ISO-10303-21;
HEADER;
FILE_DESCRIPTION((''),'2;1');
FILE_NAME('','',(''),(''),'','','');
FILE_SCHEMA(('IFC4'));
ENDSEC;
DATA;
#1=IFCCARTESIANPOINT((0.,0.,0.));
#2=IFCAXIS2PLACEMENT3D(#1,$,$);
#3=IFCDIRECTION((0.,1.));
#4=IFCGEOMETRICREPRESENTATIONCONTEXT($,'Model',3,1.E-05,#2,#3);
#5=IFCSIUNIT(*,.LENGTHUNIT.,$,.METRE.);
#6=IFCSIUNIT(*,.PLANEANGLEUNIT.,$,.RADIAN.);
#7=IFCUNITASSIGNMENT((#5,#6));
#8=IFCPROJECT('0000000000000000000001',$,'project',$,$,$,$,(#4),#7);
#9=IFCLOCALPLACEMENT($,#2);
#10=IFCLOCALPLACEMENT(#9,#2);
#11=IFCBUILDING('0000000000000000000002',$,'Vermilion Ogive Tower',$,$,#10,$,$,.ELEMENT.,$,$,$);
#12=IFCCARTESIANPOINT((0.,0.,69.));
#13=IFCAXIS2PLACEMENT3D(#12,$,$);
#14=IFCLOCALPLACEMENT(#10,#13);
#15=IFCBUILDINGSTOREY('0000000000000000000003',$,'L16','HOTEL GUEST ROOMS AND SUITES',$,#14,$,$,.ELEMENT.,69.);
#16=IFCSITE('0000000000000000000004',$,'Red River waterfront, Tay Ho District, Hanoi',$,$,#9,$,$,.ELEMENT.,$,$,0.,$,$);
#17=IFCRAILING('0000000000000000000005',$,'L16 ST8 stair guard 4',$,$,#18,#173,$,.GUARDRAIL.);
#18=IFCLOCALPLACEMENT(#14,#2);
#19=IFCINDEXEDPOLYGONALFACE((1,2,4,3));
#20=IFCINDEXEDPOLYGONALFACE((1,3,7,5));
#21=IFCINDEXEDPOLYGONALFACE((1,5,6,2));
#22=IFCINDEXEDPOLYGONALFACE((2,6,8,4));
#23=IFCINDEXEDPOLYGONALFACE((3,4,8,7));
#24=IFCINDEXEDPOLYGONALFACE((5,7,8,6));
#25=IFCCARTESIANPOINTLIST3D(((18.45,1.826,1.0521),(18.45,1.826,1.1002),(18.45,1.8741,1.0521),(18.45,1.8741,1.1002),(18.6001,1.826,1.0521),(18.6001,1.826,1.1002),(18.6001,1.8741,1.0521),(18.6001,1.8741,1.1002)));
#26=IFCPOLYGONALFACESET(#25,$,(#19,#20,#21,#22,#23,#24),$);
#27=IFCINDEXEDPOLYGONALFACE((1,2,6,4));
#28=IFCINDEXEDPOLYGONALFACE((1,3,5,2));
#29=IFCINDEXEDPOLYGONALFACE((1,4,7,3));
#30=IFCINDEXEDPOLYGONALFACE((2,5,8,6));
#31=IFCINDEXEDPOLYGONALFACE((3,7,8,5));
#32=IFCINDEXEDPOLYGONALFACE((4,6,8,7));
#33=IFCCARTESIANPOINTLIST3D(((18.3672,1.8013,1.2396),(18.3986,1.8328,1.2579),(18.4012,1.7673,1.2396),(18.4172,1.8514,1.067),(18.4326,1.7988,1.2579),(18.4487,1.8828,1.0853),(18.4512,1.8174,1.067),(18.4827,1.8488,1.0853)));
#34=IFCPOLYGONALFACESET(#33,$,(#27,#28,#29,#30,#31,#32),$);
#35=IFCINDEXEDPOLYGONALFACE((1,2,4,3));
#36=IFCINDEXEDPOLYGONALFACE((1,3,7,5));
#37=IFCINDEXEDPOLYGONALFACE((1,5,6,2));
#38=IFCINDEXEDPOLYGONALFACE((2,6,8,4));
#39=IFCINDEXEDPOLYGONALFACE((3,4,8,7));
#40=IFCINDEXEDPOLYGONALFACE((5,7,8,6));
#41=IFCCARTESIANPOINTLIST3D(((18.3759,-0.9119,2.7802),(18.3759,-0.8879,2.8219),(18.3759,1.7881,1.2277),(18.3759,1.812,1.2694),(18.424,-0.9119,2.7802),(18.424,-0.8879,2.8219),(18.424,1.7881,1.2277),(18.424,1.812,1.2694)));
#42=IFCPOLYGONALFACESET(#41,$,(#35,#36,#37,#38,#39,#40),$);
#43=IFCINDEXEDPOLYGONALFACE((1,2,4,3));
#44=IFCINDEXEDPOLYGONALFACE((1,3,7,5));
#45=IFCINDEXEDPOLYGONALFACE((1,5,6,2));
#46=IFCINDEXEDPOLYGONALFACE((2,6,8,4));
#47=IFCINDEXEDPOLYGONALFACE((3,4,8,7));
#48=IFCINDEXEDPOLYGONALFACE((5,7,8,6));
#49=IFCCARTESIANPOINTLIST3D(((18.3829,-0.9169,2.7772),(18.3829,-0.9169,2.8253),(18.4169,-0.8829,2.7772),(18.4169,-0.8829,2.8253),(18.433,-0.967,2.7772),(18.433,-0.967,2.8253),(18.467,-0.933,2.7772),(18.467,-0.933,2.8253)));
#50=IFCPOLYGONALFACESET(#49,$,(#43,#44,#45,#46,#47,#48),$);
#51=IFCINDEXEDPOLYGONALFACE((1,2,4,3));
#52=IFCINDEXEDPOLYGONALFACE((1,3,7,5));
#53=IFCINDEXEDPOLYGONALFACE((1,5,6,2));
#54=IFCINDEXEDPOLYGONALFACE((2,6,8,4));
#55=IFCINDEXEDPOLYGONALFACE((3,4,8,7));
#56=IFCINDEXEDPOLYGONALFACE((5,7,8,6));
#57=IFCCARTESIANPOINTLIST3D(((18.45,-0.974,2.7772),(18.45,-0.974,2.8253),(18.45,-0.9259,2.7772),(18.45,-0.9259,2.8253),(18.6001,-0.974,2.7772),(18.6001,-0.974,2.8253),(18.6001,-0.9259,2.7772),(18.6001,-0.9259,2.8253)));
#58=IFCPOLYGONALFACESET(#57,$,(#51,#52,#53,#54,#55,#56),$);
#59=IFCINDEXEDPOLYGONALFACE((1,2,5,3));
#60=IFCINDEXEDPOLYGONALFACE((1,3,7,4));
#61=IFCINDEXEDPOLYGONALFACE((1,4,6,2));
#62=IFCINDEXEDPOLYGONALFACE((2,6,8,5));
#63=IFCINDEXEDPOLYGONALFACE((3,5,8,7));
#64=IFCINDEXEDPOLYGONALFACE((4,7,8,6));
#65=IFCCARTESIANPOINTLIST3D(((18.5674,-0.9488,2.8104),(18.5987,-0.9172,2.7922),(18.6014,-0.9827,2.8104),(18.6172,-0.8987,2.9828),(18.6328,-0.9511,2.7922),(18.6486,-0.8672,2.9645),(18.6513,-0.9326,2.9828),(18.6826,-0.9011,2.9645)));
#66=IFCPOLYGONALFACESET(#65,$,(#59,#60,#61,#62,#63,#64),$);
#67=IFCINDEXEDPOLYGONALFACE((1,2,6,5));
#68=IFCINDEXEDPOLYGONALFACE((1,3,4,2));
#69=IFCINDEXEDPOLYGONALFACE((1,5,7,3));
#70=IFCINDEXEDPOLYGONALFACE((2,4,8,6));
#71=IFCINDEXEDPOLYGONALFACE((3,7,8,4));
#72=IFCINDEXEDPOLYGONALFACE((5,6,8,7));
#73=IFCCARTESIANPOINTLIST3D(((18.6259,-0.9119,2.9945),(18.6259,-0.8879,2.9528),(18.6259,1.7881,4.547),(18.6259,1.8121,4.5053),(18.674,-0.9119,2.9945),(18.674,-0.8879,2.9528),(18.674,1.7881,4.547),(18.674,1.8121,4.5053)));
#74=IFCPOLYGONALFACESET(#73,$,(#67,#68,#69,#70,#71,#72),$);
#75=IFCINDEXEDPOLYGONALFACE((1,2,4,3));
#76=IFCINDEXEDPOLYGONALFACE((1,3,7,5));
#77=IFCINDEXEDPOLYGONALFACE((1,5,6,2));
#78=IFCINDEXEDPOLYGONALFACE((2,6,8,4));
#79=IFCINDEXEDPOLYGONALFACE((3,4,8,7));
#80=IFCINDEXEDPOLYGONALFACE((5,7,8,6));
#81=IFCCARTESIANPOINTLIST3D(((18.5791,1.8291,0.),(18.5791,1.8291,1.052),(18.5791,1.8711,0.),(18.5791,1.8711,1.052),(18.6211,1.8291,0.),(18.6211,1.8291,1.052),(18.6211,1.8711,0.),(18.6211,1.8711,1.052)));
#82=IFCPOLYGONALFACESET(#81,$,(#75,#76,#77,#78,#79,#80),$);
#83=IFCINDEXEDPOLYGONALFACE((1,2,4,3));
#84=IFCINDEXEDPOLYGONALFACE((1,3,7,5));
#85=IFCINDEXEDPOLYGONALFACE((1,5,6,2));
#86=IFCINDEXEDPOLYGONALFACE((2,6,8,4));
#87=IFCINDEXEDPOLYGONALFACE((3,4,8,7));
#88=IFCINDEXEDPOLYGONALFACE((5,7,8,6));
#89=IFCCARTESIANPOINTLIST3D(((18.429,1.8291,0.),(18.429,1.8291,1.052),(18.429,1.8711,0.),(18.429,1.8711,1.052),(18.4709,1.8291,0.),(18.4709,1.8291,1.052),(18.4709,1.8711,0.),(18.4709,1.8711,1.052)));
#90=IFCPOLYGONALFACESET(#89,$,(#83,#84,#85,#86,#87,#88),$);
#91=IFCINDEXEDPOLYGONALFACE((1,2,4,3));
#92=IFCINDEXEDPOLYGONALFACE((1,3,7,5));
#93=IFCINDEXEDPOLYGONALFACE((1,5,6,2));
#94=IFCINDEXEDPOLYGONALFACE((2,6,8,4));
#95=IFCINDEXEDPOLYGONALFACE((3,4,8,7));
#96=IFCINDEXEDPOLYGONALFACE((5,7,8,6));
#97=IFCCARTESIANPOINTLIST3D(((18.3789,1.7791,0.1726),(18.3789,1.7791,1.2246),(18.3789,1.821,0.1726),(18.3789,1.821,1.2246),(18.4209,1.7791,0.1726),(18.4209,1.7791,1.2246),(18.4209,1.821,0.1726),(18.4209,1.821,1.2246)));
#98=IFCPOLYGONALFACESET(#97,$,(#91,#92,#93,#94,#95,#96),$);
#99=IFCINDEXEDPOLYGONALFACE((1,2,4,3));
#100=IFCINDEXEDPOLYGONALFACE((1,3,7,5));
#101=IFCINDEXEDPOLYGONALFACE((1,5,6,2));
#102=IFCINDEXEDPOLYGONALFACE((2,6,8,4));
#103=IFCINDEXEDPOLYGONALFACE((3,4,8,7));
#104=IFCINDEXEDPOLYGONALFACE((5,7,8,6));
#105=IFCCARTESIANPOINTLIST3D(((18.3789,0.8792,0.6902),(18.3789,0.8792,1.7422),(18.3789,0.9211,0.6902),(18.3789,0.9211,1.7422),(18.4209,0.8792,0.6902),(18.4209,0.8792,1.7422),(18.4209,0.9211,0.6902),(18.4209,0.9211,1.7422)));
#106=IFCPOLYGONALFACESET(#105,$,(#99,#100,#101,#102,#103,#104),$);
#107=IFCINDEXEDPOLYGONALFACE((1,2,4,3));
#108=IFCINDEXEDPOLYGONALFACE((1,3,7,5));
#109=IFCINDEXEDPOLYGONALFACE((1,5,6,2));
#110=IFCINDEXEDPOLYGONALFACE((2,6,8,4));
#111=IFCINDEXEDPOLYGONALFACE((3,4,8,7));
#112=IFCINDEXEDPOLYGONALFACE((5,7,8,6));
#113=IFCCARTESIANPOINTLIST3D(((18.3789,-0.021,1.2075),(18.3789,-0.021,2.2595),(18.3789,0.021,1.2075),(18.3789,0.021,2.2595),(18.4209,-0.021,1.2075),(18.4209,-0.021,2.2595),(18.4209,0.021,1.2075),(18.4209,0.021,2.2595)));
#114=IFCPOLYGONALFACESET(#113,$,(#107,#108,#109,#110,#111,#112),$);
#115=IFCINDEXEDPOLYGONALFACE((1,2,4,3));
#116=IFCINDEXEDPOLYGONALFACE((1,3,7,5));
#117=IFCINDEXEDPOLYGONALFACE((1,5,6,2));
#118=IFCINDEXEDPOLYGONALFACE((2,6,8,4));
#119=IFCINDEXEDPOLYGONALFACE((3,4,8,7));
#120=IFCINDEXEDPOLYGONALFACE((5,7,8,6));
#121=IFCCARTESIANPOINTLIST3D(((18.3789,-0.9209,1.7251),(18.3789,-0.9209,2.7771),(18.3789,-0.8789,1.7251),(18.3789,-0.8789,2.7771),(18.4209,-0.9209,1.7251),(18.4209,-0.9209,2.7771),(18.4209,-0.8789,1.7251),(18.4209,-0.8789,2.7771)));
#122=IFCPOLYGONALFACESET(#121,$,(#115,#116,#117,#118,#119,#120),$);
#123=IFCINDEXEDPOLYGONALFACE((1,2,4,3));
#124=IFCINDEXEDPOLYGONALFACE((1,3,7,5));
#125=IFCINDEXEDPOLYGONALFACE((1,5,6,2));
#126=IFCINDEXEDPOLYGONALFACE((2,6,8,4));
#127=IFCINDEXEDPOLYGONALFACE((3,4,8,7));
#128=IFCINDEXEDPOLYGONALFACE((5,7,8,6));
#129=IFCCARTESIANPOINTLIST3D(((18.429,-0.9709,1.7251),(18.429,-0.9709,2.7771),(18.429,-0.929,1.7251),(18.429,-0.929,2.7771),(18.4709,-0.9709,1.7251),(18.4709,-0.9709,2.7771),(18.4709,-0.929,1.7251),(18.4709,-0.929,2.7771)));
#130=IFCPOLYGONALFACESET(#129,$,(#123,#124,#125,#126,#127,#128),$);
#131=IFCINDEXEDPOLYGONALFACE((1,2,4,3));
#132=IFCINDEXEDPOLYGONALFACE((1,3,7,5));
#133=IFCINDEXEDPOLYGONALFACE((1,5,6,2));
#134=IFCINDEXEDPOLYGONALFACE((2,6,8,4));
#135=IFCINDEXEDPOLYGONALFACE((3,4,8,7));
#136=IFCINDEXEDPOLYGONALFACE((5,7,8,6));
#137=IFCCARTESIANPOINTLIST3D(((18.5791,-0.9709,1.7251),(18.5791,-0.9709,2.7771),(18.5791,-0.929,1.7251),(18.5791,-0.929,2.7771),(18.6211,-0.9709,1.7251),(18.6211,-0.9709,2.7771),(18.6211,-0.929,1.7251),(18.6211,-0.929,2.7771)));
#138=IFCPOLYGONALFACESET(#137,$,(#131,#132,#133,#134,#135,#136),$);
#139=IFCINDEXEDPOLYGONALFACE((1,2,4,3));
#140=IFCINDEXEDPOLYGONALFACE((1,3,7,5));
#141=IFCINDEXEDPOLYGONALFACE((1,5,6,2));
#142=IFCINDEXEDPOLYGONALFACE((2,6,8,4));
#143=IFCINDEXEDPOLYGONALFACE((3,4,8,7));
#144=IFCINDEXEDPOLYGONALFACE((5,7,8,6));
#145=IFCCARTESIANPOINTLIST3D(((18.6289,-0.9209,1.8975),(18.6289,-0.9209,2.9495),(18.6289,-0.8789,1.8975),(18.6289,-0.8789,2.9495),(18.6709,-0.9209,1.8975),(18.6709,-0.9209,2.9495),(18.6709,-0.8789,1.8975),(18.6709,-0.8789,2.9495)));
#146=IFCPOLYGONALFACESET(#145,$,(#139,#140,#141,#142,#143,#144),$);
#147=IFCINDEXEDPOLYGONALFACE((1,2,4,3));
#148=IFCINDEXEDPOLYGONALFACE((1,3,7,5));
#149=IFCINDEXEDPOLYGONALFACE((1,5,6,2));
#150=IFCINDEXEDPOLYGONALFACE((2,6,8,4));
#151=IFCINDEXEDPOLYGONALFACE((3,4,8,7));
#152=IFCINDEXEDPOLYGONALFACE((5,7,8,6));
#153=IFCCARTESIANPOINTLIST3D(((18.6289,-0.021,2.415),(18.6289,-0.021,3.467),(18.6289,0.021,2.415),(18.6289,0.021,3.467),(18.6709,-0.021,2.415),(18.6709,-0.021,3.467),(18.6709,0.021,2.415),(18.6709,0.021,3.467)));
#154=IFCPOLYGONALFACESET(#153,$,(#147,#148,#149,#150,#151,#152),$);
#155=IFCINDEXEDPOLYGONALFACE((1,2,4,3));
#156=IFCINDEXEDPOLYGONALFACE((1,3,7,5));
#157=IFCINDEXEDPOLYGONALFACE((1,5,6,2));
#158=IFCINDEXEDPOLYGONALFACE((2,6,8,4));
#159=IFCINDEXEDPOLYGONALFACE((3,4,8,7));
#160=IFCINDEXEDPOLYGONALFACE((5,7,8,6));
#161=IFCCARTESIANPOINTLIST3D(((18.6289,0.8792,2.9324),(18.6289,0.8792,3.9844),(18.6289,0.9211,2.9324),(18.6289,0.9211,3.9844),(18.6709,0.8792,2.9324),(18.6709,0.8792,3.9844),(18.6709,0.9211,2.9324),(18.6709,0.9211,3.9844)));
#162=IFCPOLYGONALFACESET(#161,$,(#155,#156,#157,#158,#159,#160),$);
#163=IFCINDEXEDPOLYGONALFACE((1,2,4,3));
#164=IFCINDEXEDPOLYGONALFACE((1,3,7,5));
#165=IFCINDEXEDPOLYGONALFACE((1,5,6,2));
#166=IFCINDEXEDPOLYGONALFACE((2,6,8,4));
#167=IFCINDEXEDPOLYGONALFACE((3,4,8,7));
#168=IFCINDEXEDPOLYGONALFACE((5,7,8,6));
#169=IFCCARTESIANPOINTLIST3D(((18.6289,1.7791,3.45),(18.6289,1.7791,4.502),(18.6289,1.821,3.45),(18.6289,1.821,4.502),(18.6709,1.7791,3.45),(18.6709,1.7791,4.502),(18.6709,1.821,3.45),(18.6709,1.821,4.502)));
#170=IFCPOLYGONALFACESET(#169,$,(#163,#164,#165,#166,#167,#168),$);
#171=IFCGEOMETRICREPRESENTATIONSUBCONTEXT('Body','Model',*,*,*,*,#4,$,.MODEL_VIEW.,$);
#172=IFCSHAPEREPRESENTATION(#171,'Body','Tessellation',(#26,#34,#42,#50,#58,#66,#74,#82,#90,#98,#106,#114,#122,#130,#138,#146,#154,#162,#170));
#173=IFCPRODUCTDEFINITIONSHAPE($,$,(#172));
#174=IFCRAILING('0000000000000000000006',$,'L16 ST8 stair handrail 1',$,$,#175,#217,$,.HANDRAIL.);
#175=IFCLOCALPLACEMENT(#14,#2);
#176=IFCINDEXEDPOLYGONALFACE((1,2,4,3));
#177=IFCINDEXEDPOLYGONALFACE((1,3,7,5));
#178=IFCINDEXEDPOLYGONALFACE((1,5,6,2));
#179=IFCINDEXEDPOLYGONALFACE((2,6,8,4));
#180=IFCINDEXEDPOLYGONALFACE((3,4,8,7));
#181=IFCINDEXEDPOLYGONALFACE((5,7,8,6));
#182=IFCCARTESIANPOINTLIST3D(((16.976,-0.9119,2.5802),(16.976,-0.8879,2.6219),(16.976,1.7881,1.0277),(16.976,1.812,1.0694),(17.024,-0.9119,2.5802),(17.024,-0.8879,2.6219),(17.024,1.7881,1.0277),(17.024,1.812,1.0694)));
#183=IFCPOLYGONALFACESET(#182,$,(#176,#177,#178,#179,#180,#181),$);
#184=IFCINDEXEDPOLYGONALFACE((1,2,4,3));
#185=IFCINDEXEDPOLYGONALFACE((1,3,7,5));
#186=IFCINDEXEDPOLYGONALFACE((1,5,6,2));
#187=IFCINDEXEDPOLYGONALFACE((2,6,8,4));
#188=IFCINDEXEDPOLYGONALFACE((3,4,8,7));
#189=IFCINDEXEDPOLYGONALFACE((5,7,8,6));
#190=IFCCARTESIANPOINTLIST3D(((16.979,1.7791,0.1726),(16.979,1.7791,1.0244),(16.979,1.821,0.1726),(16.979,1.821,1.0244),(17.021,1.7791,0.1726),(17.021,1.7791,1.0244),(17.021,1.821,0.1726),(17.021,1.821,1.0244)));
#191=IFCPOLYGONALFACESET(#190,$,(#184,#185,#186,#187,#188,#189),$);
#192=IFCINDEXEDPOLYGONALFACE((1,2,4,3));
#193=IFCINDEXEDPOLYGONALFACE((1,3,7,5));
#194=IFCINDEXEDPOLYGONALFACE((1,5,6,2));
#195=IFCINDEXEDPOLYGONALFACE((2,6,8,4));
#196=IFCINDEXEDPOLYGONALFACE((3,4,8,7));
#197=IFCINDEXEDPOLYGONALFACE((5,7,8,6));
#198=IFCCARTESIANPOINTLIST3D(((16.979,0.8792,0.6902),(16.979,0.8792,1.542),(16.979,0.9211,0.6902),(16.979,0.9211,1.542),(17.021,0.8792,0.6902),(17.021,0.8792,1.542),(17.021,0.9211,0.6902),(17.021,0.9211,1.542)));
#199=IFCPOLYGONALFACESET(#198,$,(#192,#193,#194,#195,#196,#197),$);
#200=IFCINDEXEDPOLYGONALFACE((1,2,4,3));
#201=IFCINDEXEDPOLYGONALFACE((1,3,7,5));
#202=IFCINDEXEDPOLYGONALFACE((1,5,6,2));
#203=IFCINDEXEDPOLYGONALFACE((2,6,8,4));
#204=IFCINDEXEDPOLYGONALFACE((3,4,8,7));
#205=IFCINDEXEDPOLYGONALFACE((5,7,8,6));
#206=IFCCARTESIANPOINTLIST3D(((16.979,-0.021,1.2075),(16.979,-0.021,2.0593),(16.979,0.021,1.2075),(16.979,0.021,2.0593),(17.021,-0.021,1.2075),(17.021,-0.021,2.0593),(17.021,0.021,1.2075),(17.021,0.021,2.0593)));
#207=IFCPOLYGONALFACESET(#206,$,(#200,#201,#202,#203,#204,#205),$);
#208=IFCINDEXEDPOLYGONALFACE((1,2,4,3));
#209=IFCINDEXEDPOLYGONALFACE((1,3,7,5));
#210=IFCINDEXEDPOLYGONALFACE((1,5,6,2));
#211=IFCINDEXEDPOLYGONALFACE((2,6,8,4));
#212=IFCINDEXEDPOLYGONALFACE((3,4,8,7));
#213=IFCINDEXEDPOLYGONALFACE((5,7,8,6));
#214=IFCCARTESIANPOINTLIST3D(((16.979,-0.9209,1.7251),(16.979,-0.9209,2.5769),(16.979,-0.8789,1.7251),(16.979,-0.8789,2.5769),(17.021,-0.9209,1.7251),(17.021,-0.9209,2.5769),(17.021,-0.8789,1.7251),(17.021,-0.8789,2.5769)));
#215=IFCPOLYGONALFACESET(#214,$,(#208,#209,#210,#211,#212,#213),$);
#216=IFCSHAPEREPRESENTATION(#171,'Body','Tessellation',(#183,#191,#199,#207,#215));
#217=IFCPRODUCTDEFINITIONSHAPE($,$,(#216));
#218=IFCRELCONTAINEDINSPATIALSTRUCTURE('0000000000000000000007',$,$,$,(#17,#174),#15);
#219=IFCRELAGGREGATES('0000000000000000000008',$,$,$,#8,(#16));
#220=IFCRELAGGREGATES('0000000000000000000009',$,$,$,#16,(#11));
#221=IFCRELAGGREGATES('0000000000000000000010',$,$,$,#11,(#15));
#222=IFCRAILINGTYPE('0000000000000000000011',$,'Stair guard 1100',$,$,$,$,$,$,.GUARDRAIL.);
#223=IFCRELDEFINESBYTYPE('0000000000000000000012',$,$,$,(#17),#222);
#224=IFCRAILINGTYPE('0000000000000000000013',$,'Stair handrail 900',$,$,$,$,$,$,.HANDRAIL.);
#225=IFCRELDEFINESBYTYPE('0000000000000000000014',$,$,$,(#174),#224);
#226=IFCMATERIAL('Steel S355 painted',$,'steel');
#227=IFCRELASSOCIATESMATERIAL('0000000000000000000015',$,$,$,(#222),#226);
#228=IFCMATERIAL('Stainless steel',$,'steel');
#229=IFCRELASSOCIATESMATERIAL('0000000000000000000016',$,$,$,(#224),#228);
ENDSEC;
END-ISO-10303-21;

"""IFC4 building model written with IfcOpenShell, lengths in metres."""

from ifc_helpers import new_model, si_unit, direction, frame, origin, origin_2d, place, context, subcontext, project, spatial, rectangle, extrude, material, type_object, element, save


model = new_model("IFC4")

# Units and contexts
model_context = context("Model", 3, precision=1e-05, world=origin(), true_north=direction((0.0, 1.0)))
body_context = subcontext(model_context, "Body", "Model", "MODEL_VIEW")
ifc_project = project(units=[si_unit("LENGTHUNIT", "METRE"), si_unit("PLANEANGLEUNIT", "RADIAN")], contexts=[model_context])

# Site, building, storey
site_placement = place(None, origin())
site = spatial("IfcSite", under=ifc_project, at=site_placement, Name="Red River waterfront, Tay Ho District, Hanoi", CompositionType="ELEMENT", RefElevation=0.0)
building_placement = place(site_placement, origin())
building = spatial("IfcBuilding", under=site, at=building_placement, Name="Vermilion Ogive Tower", CompositionType="ELEMENT")
storey_placement = place(building_placement, frame((0.0, 0.0, 69.0)))
storey = spatial("IfcBuildingStorey", under=building, at=storey_placement, Name="L16", Description="HOTEL GUEST ROOMS AND SUITES", CompositionType="ELEMENT", Elevation=69.0)

# Railings
ifc_material_1 = material(Name="Steel S355 painted", Category="steel")
railing_type_1 = type_object("IfcRailingType", Name="Stair guard 1100", PredefinedType="GUARDRAIL", material=ifc_material_1)
railing_1_placement = place(storey_placement, frame((18.6001, 1.8501, 0.0)))
element("IfcRailing", 1, at=railing_1_placement, inside=storey, type_object=railing_type_1, Name="L16 ST8 stair guard 4", PredefinedType="GUARDRAIL", context=body_context, shape_type="SweptSolid", body=[
    extrude(rectangle(XDim=0.0481, YDim=0.0481, at=origin_2d()), frame((0.0, 0.0, 1.0762), z_axis=(-1.0, 0.0, 0.0), x_axis=(0.0, -1.0, 0.0)), (0.0, 0.0, 1.0), 0.1501),
    extrude(rectangle(XDim=0.0481, YDim=0.0481, at=origin_2d()), frame((-0.1501, 0.0, 1.0762), z_axis=(-0.268278, -0.268278, 0.925232), x_axis=(0.707107, -0.707107, 0.0)), (0.0, 0.0, 1.0), 0.1865),
    extrude(rectangle(XDim=0.0481, YDim=0.0481, at=origin_2d()), frame((-0.2002, -0.05, 1.2485), z_axis=(0.0, -0.866904, 0.498476), x_axis=(1.0, 0.0, 0.0)), (0.0, 0.0, 1.0), 3.1145),
    extrude(rectangle(XDim=0.0481, YDim=0.0481, at=origin_2d()), frame((-0.2002, -2.75, 2.8013), z_axis=(0.707107, -0.707107, 0.0), x_axis=(0.707107, 0.707107, 0.0)), (0.0, 0.0, 1.0), 0.0708),
    extrude(rectangle(XDim=0.0481, YDim=0.0481, at=origin_2d()), frame((-0.1501, -2.8, 2.8013), z_axis=(1.0, 0.0, 0.0), x_axis=(0.0, 1.0, 0.0)), (0.0, 0.0, 1.0), 0.1501),
    extrude(rectangle(XDim=0.0481, YDim=0.0481, at=origin_2d()), frame((0.0, -2.8, 2.8013), z_axis=(0.267387, 0.268698, 0.925368), x_axis=(-0.708834, 0.705376, 0.0)), (0.0, 0.0, 1.0), 0.1863),
    extrude(rectangle(XDim=0.0481, YDim=0.0481, at=origin_2d()), frame((0.0498, -2.75, 2.9736), z_axis=(0.0, 0.866904, 0.498476), x_axis=(-1.0, 0.0, 0.0)), (0.0, 0.0, 1.0), 3.1145),
    extrude(rectangle(XDim=0.042, YDim=0.042, at=origin_2d()), origin(), (0.0, 0.0, 1.0), 1.052),
    extrude(rectangle(XDim=0.042, YDim=0.042, at=origin_2d()), frame((-0.1501, 0.0, 0.0)), (0.0, 0.0, 1.0), 1.052),
    extrude(rectangle(XDim=0.042, YDim=0.042, at=origin_2d()), frame((-0.2002, -0.05, 0.1726)), (0.0, 0.0, 1.0), 1.052),
    extrude(rectangle(XDim=0.042, YDim=0.042, at=origin_2d()), frame((-0.2002, -0.95, 0.6902)), (0.0, 0.0, 1.0), 1.052),
    extrude(rectangle(XDim=0.042, YDim=0.042, at=origin_2d()), frame((-0.2002, -1.8501, 1.2075)), (0.0, 0.0, 1.0), 1.052),
    extrude(rectangle(XDim=0.042, YDim=0.042, at=origin_2d()), frame((-0.2002, -2.75, 1.7251)), (0.0, 0.0, 1.0), 1.052),
    extrude(rectangle(XDim=0.042, YDim=0.042, at=origin_2d()), frame((-0.1501, -2.8, 1.7251)), (0.0, 0.0, 1.0), 1.052),
    extrude(rectangle(XDim=0.042, YDim=0.042, at=origin_2d()), frame((0.0, -2.8, 1.7251)), (0.0, 0.0, 1.0), 1.052),
    extrude(rectangle(XDim=0.042, YDim=0.042, at=origin_2d()), frame((0.0498, -2.75, 1.8975)), (0.0, 0.0, 1.0), 1.052),
    extrude(rectangle(XDim=0.042, YDim=0.042, at=origin_2d()), frame((0.0498, -1.8501, 2.415)), (0.0, 0.0, 1.0), 1.052),
    extrude(rectangle(XDim=0.042, YDim=0.042, at=origin_2d()), frame((0.0498, -0.95, 2.9324)), (0.0, 0.0, 1.0), 1.052),
    extrude(rectangle(XDim=0.042, YDim=0.042, at=origin_2d()), frame((0.0498, -0.05, 3.45)), (0.0, 0.0, 1.0), 1.052),
])
ifc_material_2 = material(Name="Stainless steel", Category="steel")
railing_type_2 = type_object("IfcRailingType", Name="Stair handrail 900", PredefinedType="HANDRAIL", material=ifc_material_2)
railing_2_placement = place(storey_placement, frame((17.0, 1.8, 0.1726)))
element("IfcRailing", 2, at=railing_2_placement, inside=storey, type_object=railing_type_2, Name="L16 ST8 stair handrail 1", PredefinedType="HANDRAIL", context=body_context, shape_type="SweptSolid", body=[
    extrude(rectangle(XDim=0.0481, YDim=0.0481, at=origin_2d()), frame((0.0, 0.0, 0.876), z_axis=(0.0, -0.866904, 0.498476), x_axis=(1.0, 0.0, 0.0)), (0.0, 0.0, 1.0), 3.1145),
    extrude(rectangle(XDim=0.042, YDim=0.042, at=origin_2d()), origin(), (0.0, 0.0, 1.0), 0.8518),
    extrude(rectangle(XDim=0.042, YDim=0.042, at=origin_2d()), frame((0.0, -0.8999, 0.5176)), (0.0, 0.0, 1.0), 0.8518),
    extrude(rectangle(XDim=0.042, YDim=0.042, at=origin_2d()), frame((0.0, -1.8, 1.0349)), (0.0, 0.0, 1.0), 0.8518),
    extrude(rectangle(XDim=0.042, YDim=0.042, at=origin_2d()), frame((0.0, -2.7, 1.5525)), (0.0, 0.0, 1.0), 0.8518),
])

save(model, "model.ifc")
